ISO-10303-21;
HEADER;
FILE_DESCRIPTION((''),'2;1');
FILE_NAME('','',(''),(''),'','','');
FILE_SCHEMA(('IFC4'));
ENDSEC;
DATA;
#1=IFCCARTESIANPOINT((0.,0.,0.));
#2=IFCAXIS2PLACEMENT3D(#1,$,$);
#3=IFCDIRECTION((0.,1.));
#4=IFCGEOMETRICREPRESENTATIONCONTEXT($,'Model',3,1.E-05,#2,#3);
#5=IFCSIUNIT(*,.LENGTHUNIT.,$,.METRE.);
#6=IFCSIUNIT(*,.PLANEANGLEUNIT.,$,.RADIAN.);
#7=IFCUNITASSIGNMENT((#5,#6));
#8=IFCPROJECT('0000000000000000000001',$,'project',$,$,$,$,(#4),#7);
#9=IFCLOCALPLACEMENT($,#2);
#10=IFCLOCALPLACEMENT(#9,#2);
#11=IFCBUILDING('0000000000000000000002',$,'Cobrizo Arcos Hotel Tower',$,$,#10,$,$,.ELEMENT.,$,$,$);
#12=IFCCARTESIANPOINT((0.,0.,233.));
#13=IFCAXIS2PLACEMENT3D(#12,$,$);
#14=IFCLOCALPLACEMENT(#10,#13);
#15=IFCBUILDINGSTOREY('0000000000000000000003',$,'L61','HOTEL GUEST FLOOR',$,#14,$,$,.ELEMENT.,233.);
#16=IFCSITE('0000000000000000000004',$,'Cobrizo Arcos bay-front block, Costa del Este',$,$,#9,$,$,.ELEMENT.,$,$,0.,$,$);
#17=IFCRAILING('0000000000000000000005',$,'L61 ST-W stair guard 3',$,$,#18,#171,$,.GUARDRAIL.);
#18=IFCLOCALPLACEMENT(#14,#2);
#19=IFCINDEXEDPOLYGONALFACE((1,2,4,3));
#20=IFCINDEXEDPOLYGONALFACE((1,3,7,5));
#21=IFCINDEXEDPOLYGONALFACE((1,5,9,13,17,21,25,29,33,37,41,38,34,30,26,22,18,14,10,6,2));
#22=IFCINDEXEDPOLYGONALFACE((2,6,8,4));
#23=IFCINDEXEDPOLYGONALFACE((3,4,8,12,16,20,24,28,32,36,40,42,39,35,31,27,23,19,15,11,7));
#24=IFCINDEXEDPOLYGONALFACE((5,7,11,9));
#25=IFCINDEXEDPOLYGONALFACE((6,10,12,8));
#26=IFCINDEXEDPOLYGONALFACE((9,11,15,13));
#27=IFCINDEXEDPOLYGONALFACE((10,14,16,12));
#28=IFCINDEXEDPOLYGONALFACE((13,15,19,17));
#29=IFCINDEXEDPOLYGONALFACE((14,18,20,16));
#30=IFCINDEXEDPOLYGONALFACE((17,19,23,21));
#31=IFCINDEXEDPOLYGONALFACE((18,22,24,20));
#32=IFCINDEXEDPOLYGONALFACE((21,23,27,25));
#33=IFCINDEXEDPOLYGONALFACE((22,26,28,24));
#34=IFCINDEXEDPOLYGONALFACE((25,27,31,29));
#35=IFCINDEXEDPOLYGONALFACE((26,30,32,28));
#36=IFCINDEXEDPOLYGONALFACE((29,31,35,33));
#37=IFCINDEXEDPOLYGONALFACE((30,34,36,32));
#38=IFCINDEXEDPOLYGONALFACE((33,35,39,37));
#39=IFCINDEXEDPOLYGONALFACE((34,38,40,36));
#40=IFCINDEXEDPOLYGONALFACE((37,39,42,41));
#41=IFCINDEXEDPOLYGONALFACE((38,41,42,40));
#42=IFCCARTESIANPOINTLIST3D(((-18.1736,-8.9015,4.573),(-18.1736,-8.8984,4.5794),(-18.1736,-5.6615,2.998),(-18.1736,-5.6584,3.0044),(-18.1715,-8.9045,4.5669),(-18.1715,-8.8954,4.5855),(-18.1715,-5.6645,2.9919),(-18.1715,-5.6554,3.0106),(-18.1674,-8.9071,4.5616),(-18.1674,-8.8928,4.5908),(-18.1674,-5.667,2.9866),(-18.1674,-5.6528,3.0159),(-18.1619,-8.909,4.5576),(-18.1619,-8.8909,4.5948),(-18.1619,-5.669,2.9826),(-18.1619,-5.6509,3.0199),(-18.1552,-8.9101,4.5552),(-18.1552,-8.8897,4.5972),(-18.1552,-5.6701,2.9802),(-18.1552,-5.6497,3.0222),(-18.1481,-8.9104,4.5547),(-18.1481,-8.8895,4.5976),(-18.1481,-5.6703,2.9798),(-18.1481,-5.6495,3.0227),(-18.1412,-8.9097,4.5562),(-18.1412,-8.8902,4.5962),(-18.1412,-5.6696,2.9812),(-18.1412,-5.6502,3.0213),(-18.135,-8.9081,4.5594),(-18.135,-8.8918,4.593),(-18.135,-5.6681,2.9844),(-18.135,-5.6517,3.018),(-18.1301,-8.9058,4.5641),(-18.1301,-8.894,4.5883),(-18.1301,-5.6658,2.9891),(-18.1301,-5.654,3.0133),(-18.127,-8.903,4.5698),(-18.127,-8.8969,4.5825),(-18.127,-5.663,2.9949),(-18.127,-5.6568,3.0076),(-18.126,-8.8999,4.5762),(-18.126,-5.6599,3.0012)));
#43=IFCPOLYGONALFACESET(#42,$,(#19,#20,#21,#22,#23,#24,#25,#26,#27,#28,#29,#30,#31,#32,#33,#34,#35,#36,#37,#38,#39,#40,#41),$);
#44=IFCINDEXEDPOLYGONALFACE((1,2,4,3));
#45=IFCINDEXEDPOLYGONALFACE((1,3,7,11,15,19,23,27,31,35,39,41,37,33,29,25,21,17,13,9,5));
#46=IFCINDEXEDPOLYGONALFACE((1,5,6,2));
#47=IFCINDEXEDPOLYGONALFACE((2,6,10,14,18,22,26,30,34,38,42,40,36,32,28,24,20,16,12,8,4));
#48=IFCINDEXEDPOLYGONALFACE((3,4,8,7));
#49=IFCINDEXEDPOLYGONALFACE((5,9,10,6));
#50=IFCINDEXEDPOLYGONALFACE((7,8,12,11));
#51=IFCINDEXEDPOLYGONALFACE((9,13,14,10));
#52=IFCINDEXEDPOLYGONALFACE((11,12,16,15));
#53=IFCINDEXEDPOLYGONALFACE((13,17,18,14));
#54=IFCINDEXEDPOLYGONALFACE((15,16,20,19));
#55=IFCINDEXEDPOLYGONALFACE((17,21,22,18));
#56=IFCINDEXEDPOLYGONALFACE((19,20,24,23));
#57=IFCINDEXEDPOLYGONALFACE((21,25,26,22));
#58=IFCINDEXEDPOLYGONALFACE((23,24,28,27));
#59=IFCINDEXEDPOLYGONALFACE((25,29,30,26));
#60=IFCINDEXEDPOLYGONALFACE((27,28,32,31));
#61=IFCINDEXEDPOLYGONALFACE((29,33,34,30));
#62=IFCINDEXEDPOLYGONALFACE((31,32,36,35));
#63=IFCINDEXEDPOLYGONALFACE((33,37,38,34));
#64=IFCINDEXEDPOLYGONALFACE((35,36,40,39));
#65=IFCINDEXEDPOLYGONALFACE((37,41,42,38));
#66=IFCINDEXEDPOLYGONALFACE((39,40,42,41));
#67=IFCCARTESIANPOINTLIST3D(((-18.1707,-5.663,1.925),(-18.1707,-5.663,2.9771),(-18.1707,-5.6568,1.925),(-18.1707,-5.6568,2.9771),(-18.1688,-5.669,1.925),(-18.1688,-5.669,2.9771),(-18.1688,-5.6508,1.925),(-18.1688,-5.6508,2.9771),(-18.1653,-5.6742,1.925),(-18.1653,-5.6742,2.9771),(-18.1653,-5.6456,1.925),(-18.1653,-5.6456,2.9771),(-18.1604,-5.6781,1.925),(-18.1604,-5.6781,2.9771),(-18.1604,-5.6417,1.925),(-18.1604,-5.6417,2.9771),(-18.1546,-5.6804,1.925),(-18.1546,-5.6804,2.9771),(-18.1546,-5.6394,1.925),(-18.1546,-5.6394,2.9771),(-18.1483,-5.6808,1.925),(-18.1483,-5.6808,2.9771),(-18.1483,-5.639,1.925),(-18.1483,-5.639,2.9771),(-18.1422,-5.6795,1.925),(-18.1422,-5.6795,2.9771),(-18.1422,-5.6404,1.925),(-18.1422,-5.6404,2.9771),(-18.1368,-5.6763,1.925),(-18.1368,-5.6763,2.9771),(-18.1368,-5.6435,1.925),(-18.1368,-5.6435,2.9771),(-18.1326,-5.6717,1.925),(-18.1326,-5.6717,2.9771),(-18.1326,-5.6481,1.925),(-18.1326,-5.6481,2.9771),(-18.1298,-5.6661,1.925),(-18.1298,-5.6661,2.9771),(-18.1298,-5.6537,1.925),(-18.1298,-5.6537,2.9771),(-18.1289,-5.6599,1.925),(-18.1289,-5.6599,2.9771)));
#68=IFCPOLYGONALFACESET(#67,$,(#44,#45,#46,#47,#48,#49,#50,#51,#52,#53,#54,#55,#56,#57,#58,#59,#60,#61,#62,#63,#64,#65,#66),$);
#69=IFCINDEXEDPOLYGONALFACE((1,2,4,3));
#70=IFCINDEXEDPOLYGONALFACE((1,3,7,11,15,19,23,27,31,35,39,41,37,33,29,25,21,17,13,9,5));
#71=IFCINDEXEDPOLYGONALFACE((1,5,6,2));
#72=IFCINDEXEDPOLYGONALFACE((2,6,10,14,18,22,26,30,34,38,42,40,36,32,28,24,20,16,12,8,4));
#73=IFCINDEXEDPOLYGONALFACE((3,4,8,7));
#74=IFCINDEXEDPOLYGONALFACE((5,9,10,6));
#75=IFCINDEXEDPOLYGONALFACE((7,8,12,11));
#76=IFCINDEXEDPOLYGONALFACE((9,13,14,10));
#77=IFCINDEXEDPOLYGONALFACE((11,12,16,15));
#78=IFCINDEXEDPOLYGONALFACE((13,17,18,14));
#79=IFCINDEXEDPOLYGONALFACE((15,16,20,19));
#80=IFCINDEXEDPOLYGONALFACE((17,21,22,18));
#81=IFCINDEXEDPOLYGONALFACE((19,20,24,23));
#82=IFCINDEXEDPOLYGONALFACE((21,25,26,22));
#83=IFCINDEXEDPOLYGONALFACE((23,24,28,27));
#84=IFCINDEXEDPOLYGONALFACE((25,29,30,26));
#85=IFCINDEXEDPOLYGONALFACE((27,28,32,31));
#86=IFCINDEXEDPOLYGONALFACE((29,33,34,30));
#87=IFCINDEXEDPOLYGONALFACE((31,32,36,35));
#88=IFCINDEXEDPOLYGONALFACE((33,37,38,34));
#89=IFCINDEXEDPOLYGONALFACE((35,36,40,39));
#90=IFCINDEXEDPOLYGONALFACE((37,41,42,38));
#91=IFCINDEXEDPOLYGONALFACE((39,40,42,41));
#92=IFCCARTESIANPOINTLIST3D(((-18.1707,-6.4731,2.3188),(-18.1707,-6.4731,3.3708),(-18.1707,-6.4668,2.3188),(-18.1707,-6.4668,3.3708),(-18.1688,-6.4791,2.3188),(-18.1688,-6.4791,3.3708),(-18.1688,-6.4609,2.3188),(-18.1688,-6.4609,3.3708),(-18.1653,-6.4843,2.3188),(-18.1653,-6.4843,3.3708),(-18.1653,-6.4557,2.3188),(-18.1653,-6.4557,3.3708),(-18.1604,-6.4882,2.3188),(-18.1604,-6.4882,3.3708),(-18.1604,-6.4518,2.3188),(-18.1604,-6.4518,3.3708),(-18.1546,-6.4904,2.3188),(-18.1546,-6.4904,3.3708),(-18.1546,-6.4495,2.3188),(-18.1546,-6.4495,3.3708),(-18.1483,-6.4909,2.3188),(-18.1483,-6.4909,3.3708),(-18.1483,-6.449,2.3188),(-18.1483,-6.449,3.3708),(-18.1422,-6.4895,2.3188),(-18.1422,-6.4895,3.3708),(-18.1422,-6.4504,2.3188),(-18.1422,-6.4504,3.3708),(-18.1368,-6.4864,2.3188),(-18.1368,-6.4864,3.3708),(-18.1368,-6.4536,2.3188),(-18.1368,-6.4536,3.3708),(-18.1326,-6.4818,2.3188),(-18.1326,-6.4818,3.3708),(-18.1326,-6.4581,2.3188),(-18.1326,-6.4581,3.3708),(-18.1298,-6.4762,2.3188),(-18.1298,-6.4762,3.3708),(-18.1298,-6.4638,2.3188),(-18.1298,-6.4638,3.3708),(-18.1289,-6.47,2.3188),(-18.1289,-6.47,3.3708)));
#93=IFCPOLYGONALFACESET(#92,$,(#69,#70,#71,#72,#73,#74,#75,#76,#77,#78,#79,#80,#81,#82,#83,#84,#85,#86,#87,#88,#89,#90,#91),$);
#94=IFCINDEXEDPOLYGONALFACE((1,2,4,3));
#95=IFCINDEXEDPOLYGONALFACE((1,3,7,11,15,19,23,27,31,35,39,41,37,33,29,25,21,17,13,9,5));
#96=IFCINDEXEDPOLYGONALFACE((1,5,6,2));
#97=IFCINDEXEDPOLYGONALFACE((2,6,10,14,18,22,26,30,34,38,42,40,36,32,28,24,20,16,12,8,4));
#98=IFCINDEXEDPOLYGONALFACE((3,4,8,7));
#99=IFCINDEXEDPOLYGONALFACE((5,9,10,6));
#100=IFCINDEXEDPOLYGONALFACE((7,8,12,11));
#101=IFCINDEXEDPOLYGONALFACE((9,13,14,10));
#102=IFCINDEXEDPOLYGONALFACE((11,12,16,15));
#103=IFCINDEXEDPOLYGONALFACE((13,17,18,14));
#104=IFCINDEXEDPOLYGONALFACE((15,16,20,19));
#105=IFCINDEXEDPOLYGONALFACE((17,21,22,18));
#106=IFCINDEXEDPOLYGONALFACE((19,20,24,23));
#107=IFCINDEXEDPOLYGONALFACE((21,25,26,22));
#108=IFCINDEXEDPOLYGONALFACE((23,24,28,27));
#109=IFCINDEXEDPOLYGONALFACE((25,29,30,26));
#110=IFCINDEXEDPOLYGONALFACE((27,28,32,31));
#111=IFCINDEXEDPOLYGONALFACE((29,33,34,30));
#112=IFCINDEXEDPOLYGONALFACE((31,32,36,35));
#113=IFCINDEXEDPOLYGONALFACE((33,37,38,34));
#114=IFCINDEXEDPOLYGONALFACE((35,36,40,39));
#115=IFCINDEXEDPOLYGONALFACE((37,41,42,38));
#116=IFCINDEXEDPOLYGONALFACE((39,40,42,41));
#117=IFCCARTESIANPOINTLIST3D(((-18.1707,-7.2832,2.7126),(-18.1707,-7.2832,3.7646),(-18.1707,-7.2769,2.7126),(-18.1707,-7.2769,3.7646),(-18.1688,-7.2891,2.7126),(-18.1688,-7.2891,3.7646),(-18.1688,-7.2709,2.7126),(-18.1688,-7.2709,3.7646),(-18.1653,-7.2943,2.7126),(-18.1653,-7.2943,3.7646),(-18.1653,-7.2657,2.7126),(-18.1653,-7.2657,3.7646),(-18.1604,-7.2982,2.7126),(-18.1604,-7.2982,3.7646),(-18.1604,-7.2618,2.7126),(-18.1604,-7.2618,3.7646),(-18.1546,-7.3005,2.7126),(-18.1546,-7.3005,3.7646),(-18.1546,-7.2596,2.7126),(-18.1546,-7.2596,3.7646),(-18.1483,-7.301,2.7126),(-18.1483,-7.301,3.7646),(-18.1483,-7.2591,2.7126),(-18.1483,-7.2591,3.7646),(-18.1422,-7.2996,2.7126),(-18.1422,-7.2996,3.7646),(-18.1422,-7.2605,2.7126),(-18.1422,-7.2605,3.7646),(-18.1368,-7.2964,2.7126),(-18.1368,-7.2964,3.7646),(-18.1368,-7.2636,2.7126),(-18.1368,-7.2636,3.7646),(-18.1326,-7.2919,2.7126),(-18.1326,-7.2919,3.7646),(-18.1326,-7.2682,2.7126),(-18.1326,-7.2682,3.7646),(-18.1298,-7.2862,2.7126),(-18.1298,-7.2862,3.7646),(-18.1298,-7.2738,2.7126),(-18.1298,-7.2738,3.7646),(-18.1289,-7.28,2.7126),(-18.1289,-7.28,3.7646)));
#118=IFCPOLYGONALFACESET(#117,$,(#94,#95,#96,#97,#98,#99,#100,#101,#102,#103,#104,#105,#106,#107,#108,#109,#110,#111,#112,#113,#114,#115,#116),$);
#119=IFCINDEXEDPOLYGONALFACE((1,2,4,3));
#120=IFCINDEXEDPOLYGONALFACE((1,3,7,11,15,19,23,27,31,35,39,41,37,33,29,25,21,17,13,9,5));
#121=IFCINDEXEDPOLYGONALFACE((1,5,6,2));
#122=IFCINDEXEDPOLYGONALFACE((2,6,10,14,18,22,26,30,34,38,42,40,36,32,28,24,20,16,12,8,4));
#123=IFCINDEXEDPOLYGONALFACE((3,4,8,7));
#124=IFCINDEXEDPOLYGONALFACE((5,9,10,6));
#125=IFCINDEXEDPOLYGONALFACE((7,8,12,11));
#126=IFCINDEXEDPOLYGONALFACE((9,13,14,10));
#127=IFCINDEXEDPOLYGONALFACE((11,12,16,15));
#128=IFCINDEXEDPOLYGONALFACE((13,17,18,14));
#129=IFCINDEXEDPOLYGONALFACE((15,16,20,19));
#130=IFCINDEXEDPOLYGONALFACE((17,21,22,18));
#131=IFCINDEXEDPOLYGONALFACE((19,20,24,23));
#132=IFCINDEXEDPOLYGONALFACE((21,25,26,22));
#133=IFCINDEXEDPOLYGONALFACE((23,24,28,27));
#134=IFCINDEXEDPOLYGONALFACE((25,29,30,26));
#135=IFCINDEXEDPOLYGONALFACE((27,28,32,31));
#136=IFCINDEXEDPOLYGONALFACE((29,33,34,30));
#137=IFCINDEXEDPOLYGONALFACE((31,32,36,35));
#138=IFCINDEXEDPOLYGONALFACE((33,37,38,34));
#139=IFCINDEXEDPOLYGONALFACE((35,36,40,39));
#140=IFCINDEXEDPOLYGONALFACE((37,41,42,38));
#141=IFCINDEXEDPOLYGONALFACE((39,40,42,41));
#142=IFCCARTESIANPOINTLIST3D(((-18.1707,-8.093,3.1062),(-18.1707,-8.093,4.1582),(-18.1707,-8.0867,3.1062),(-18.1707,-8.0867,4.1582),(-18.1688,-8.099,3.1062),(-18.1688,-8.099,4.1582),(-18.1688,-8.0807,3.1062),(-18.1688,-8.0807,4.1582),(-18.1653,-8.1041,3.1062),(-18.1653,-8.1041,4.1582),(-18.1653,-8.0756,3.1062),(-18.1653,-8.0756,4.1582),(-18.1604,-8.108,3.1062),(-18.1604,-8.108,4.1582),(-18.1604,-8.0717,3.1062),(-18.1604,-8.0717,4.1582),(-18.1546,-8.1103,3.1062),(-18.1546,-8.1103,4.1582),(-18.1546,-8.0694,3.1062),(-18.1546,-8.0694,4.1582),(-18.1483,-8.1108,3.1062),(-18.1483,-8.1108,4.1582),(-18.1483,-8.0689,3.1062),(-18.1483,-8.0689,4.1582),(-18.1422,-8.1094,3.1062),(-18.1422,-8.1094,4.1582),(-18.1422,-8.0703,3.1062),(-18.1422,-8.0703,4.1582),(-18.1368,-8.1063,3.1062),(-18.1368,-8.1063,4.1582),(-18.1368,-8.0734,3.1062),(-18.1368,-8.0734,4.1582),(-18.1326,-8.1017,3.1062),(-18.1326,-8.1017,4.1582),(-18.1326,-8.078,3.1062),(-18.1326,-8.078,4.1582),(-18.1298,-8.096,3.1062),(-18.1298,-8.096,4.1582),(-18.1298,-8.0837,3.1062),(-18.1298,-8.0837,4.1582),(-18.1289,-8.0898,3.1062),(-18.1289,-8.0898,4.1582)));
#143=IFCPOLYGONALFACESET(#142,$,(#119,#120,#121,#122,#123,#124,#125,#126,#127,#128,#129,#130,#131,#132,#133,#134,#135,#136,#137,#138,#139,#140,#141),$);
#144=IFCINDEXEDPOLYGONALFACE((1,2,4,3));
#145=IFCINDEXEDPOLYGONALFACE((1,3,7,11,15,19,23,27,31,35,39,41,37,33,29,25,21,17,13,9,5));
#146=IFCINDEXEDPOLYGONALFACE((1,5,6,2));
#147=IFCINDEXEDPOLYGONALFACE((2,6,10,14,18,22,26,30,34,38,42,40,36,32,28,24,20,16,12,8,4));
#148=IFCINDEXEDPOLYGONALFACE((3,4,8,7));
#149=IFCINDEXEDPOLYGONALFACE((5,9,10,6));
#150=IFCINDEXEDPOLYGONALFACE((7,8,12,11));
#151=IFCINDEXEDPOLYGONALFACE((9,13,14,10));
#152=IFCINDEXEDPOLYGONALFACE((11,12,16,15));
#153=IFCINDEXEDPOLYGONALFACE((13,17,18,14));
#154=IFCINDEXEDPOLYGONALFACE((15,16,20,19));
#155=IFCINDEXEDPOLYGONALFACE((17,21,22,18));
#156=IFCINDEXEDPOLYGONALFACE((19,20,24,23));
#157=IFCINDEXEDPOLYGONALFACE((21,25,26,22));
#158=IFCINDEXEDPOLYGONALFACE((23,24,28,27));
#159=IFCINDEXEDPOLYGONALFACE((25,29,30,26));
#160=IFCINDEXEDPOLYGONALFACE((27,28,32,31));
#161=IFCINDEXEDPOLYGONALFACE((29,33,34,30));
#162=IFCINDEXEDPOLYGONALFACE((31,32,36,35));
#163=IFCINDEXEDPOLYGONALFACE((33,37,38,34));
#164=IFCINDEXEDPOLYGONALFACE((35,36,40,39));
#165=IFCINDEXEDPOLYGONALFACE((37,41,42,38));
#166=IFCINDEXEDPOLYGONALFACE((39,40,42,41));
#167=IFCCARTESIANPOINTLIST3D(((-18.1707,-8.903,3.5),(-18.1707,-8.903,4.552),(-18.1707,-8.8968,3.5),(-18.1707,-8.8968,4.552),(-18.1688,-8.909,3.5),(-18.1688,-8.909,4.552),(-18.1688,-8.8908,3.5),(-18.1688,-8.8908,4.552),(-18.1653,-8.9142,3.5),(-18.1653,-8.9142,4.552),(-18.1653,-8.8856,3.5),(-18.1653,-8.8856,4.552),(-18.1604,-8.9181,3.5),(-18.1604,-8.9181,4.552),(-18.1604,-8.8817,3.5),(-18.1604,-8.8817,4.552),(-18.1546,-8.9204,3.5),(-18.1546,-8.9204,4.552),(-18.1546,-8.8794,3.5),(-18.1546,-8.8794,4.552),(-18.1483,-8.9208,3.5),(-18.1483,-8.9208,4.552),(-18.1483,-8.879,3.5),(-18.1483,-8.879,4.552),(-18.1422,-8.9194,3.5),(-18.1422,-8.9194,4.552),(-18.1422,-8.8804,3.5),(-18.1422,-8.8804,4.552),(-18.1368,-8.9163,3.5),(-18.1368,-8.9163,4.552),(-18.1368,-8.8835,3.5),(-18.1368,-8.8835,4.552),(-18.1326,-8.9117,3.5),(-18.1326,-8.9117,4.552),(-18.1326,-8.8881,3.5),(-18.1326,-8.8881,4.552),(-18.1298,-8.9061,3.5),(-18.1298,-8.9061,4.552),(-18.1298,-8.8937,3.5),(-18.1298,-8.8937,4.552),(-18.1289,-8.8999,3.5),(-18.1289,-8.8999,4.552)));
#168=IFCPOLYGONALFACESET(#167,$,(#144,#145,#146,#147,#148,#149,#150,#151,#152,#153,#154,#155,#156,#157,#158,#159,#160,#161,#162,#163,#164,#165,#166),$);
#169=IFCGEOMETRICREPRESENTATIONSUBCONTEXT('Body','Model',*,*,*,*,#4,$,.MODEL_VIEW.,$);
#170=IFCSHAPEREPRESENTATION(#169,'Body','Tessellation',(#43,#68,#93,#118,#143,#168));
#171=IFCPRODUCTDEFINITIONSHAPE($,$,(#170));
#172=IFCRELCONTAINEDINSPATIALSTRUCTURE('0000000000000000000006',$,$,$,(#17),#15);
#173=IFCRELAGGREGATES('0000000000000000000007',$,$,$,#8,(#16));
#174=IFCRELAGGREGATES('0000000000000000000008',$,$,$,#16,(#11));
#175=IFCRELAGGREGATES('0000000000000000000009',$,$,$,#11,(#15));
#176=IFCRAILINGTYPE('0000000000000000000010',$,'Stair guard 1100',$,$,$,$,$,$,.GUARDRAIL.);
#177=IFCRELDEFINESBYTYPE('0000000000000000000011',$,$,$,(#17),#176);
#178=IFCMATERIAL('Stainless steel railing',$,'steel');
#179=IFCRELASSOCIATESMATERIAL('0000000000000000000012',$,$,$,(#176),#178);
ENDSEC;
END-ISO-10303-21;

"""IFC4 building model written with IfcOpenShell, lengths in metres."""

from ifc_helpers import new_model, si_unit, direction, frame, origin, origin_2d, place, context, subcontext, project, spatial, circle, extrude, material, type_object, element, save


model = new_model("IFC4")

# Units and contexts
model_context = context("Model", 3, precision=1e-05, world=origin(), true_north=direction((0.0, 1.0)))
body_context = subcontext(model_context, "Body", "Model", "MODEL_VIEW")
ifc_project = project(units=[si_unit("LENGTHUNIT", "METRE"), si_unit("PLANEANGLEUNIT", "RADIAN")], contexts=[model_context])

# Site, building, storey
site_placement = place(None, origin())
site = spatial("IfcSite", under=ifc_project, at=site_placement, Name="Cobrizo Arcos bay-front block, Costa del Este", CompositionType="ELEMENT", RefElevation=0.0)
building_placement = place(site_placement, origin())
building = spatial("IfcBuilding", under=site, at=building_placement, Name="Cobrizo Arcos Hotel Tower", CompositionType="ELEMENT")
storey_placement = place(building_placement, frame((0.0, 0.0, 233.0)))
storey = spatial("IfcBuildingStorey", under=building, at=storey_placement, Name="L61", Description="HOTEL GUEST FLOOR", CompositionType="ELEMENT", Elevation=233.0)

# Railing
ifc_material_1 = material(Name="Stainless steel railing", Category="steel")
railing_type_1 = type_object("IfcRailingType", Name="Stair guard 1100", PredefinedType="GUARDRAIL", material=ifc_material_1)
railing_1_placement = place(storey_placement, frame((-18.1499, -5.6599, 1.925)))
element("IfcRailing", 1, at=railing_1_placement, inside=storey, type_object=railing_type_1, Name="L61 ST-W stair guard 3", PredefinedType="GUARDRAIL", context=body_context, shape_type="SweptSolid", body=[
    extrude(circle(Radius=0.0239, at=origin_2d()), frame((0.0, 0.0, 1.0762), z_axis=(0.0, -0.899373, 0.437183), x_axis=(1.0, 0.0, 0.0)), (0.0, 0.0, 1.0), 3.6025),
    extrude(circle(Radius=0.021, at=origin_2d()), origin(), (0.0, 0.0, 1.0), 1.052),
    extrude(circle(Radius=0.021, at=origin_2d()), frame((0.0, -0.8101, 0.3938)), (0.0, 0.0, 1.0), 1.052),
    extrude(circle(Radius=0.021, at=origin_2d()), frame((0.0, -1.6201, 0.7876)), (0.0, 0.0, 1.0), 1.052),
    extrude(circle(Radius=0.021, at=origin_2d()), frame((0.0, -2.4299, 1.1812)), (0.0, 0.0, 1.0), 1.052),
    extrude(circle(Radius=0.021, at=origin_2d()), frame((0.0, -3.24, 1.575)), (0.0, 0.0, 1.0), 1.052),
])

save(model, "model.ifc")
